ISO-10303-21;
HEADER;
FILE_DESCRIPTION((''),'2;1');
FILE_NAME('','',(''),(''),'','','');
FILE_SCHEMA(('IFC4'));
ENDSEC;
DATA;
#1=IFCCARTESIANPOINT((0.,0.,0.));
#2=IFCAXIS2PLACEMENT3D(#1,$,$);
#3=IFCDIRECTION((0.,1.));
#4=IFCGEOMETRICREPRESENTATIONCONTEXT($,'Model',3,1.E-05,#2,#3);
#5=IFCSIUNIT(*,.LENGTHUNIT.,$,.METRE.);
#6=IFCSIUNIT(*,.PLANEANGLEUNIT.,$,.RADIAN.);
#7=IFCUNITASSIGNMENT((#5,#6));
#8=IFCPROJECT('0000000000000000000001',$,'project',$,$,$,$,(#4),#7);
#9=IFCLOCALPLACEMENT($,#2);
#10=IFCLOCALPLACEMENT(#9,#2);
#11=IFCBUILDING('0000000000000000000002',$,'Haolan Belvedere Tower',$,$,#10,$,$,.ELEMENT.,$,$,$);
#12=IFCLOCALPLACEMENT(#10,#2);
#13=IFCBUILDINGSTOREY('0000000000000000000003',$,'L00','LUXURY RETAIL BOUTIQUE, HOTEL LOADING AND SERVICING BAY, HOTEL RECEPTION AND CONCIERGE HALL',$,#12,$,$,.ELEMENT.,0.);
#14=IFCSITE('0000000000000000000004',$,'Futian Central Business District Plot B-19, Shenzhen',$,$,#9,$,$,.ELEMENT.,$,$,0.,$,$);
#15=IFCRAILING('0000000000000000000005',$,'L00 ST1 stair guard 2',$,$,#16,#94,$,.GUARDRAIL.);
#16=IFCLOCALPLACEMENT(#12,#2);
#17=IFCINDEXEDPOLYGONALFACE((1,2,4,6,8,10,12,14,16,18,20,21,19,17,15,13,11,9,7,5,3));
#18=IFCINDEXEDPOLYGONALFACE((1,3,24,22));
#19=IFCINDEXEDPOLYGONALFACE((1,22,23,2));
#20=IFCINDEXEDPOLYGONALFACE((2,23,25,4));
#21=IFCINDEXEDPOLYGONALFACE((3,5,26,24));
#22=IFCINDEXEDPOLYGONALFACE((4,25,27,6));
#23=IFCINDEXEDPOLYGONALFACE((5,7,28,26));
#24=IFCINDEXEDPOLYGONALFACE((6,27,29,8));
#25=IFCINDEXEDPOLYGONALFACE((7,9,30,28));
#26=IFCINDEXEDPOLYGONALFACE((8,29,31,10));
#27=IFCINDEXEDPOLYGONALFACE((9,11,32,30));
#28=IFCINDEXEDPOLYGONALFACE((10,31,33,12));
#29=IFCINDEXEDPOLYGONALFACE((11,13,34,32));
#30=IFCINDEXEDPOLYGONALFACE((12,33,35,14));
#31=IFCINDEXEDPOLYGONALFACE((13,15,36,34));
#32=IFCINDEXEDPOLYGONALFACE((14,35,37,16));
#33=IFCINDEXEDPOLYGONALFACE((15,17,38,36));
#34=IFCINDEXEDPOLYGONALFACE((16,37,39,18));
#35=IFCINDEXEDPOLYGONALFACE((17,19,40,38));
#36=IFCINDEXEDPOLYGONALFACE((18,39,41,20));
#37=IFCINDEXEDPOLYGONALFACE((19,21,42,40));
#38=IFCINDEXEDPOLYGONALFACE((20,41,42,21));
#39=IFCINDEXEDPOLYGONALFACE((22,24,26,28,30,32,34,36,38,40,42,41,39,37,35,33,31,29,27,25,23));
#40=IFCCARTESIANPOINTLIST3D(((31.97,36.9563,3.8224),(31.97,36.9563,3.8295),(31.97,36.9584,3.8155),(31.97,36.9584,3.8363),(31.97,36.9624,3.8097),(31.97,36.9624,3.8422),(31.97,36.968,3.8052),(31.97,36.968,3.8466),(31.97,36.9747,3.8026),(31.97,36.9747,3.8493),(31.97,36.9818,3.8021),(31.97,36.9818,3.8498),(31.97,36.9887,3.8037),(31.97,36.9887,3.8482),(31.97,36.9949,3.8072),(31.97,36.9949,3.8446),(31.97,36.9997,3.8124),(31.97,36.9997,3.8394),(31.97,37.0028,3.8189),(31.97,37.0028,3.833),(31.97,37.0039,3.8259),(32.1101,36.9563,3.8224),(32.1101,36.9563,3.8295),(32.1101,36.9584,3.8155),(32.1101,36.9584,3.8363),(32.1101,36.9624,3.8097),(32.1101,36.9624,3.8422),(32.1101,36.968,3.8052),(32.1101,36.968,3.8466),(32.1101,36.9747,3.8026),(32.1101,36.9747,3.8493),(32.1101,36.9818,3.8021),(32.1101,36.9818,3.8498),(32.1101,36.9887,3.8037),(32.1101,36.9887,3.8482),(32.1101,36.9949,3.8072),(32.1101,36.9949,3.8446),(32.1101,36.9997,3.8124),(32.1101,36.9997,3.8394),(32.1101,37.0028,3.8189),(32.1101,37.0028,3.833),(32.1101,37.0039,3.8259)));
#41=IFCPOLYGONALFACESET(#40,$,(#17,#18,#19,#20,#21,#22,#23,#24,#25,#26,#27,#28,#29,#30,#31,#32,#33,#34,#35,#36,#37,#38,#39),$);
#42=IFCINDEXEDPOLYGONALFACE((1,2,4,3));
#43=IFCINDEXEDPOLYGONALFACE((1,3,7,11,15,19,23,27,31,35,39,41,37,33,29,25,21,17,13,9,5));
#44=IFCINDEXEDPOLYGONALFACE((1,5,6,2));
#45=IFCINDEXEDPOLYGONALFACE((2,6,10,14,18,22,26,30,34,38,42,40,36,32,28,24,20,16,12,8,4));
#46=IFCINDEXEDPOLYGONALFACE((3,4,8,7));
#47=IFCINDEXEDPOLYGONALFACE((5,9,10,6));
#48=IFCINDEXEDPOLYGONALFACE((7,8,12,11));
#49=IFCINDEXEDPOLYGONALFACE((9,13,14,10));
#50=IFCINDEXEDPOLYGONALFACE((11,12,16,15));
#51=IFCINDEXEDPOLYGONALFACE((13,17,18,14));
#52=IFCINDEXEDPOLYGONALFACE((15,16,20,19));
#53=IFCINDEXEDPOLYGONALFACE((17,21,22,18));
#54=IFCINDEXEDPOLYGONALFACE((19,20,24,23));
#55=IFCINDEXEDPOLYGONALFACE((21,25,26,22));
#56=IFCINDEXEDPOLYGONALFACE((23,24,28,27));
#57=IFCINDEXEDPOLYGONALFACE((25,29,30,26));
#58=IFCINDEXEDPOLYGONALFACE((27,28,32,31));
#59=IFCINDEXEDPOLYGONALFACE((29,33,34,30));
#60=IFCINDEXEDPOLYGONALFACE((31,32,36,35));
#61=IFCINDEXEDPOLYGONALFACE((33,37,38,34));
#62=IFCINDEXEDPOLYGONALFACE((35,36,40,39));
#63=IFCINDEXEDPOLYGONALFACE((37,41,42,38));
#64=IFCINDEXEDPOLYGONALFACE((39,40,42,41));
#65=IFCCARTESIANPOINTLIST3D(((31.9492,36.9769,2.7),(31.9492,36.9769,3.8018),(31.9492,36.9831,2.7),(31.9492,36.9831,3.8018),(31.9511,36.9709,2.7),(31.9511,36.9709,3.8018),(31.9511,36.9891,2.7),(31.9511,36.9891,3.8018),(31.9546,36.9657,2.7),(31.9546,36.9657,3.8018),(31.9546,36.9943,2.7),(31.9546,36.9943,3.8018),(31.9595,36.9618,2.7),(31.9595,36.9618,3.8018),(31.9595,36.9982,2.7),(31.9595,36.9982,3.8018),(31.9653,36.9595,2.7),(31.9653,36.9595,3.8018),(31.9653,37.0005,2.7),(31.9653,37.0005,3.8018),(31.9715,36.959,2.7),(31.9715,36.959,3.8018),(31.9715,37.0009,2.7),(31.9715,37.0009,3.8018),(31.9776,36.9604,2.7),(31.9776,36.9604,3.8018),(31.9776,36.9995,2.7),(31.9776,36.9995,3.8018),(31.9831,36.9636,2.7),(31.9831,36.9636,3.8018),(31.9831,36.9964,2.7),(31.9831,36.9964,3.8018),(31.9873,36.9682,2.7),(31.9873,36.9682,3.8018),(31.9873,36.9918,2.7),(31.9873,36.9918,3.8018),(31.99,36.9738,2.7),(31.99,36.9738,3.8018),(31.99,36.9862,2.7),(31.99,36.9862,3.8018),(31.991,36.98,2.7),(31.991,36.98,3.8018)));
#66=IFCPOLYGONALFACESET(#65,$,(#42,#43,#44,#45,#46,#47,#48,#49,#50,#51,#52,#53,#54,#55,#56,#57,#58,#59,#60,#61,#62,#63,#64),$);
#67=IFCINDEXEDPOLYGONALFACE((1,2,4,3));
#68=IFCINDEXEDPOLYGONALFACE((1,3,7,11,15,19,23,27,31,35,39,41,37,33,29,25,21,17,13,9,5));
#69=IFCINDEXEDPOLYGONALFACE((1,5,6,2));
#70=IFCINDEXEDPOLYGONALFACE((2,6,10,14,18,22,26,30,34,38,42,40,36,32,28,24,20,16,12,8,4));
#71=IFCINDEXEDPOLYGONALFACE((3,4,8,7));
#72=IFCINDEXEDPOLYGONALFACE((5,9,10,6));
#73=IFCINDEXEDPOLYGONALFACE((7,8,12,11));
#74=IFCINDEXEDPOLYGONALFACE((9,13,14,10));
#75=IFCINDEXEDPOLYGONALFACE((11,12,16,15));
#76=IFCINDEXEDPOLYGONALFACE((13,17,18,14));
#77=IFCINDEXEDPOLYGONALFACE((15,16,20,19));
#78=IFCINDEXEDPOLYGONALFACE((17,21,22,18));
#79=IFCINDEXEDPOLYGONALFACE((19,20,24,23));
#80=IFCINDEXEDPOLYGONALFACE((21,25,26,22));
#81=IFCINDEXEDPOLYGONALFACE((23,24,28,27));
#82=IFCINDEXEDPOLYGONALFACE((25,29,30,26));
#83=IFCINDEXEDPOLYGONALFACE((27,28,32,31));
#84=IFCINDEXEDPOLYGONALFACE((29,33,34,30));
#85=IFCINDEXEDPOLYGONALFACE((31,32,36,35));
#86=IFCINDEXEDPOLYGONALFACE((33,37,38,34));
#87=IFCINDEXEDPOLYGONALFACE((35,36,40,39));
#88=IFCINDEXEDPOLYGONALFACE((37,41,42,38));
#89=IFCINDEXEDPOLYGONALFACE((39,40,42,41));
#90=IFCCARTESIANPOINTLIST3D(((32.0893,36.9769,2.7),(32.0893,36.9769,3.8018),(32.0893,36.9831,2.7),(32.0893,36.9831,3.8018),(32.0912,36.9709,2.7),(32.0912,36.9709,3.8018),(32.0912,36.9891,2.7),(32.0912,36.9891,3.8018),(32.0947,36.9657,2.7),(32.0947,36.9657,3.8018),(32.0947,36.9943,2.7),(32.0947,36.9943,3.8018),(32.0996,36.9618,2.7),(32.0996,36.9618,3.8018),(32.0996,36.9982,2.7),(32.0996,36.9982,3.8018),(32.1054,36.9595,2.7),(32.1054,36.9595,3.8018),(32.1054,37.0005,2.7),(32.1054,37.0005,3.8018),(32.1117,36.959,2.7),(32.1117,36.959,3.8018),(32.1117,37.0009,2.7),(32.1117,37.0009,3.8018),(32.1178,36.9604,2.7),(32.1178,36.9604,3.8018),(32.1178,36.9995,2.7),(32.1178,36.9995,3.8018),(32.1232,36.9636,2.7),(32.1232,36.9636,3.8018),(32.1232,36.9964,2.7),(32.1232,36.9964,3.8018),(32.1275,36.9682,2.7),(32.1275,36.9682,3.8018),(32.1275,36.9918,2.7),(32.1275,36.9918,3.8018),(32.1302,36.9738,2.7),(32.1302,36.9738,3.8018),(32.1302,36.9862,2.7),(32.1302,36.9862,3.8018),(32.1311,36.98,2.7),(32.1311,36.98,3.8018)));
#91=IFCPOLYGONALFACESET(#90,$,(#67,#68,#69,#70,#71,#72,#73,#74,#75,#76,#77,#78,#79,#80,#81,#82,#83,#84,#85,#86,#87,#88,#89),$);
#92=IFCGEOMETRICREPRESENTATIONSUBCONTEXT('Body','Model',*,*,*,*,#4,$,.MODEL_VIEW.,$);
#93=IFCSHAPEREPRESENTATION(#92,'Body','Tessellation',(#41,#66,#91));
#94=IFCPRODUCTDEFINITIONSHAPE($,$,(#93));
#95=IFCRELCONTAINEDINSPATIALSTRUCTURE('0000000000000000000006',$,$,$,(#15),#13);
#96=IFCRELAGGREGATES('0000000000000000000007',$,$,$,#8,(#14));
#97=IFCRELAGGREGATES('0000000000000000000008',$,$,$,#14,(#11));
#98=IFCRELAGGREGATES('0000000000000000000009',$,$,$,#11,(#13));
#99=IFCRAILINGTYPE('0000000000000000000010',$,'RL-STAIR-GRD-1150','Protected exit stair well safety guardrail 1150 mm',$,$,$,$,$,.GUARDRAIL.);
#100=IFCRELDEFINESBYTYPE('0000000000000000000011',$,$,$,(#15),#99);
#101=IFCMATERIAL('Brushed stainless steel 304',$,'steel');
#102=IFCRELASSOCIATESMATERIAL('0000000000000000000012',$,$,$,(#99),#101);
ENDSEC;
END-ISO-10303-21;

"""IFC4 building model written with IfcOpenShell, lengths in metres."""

from ifc_helpers import new_model, si_unit, direction, frame, origin, origin_2d, place, context, subcontext, project, spatial, circle, extrude, material, type_object, element, save


model = new_model("IFC4")

# Units and contexts
model_context = context("Model", 3, precision=1e-05, world=origin(), true_north=direction((0.0, 1.0)))
body_context = subcontext(model_context, "Body", "Model", "MODEL_VIEW")
ifc_project = project(units=[si_unit("LENGTHUNIT", "METRE"), si_unit("PLANEANGLEUNIT", "RADIAN")], contexts=[model_context])

# Site, building, storey
site_placement = place(None, origin())
site = spatial("IfcSite", under=ifc_project, at=site_placement, Name="Futian Central Business District Plot B-19, Shenzhen", CompositionType="ELEMENT", RefElevation=0.0)
building_placement = place(site_placement, origin())
building = spatial("IfcBuilding", under=site, at=building_placement, Name="Haolan Belvedere Tower", CompositionType="ELEMENT")
storey_placement = place(building_placement, origin())
storey = spatial("IfcBuildingStorey", under=building, at=storey_placement, Name="L00", Description="LUXURY RETAIL BOUTIQUE, HOTEL LOADING AND SERVICING BAY, HOTEL RECEPTION AND CONCIERGE HALL", CompositionType="ELEMENT", Elevation=0.0)

# Railing
ifc_material_1 = material(Name="Brushed stainless steel 304", Category="steel")
railing_type_1 = type_object("IfcRailingType", Name="RL-STAIR-GRD-1150", Description="Protected exit stair well safety guardrail 1150 mm", PredefinedType="GUARDRAIL", material=ifc_material_1)
railing_1_placement = place(storey_placement, frame((31.97, 36.98, 2.7)))
element("IfcRailing", 1, at=railing_1_placement, inside=storey, type_object=railing_type_1, Name="L00 ST1 stair guard 2", PredefinedType="GUARDRAIL", context=body_context, shape_type="SweptSolid", body=[
    extrude(circle(Radius=0.0239, at=origin_2d()), frame((0.0, 0.0, 1.126), z_axis=(1.0, 0.0, 0.0), x_axis=(0.0, 1.0, 0.0)), (0.0, 0.0, 1.0), 0.1401),
    extrude(circle(Radius=0.021, at=origin_2d()), origin(), (0.0, 0.0, 1.0), 1.1018),
    extrude(circle(Radius=0.021, at=origin_2d()), frame((0.1401, 0.0, 0.0)), (0.0, 0.0, 1.0), 1.1018),
])

save(model, "model.ifc")
